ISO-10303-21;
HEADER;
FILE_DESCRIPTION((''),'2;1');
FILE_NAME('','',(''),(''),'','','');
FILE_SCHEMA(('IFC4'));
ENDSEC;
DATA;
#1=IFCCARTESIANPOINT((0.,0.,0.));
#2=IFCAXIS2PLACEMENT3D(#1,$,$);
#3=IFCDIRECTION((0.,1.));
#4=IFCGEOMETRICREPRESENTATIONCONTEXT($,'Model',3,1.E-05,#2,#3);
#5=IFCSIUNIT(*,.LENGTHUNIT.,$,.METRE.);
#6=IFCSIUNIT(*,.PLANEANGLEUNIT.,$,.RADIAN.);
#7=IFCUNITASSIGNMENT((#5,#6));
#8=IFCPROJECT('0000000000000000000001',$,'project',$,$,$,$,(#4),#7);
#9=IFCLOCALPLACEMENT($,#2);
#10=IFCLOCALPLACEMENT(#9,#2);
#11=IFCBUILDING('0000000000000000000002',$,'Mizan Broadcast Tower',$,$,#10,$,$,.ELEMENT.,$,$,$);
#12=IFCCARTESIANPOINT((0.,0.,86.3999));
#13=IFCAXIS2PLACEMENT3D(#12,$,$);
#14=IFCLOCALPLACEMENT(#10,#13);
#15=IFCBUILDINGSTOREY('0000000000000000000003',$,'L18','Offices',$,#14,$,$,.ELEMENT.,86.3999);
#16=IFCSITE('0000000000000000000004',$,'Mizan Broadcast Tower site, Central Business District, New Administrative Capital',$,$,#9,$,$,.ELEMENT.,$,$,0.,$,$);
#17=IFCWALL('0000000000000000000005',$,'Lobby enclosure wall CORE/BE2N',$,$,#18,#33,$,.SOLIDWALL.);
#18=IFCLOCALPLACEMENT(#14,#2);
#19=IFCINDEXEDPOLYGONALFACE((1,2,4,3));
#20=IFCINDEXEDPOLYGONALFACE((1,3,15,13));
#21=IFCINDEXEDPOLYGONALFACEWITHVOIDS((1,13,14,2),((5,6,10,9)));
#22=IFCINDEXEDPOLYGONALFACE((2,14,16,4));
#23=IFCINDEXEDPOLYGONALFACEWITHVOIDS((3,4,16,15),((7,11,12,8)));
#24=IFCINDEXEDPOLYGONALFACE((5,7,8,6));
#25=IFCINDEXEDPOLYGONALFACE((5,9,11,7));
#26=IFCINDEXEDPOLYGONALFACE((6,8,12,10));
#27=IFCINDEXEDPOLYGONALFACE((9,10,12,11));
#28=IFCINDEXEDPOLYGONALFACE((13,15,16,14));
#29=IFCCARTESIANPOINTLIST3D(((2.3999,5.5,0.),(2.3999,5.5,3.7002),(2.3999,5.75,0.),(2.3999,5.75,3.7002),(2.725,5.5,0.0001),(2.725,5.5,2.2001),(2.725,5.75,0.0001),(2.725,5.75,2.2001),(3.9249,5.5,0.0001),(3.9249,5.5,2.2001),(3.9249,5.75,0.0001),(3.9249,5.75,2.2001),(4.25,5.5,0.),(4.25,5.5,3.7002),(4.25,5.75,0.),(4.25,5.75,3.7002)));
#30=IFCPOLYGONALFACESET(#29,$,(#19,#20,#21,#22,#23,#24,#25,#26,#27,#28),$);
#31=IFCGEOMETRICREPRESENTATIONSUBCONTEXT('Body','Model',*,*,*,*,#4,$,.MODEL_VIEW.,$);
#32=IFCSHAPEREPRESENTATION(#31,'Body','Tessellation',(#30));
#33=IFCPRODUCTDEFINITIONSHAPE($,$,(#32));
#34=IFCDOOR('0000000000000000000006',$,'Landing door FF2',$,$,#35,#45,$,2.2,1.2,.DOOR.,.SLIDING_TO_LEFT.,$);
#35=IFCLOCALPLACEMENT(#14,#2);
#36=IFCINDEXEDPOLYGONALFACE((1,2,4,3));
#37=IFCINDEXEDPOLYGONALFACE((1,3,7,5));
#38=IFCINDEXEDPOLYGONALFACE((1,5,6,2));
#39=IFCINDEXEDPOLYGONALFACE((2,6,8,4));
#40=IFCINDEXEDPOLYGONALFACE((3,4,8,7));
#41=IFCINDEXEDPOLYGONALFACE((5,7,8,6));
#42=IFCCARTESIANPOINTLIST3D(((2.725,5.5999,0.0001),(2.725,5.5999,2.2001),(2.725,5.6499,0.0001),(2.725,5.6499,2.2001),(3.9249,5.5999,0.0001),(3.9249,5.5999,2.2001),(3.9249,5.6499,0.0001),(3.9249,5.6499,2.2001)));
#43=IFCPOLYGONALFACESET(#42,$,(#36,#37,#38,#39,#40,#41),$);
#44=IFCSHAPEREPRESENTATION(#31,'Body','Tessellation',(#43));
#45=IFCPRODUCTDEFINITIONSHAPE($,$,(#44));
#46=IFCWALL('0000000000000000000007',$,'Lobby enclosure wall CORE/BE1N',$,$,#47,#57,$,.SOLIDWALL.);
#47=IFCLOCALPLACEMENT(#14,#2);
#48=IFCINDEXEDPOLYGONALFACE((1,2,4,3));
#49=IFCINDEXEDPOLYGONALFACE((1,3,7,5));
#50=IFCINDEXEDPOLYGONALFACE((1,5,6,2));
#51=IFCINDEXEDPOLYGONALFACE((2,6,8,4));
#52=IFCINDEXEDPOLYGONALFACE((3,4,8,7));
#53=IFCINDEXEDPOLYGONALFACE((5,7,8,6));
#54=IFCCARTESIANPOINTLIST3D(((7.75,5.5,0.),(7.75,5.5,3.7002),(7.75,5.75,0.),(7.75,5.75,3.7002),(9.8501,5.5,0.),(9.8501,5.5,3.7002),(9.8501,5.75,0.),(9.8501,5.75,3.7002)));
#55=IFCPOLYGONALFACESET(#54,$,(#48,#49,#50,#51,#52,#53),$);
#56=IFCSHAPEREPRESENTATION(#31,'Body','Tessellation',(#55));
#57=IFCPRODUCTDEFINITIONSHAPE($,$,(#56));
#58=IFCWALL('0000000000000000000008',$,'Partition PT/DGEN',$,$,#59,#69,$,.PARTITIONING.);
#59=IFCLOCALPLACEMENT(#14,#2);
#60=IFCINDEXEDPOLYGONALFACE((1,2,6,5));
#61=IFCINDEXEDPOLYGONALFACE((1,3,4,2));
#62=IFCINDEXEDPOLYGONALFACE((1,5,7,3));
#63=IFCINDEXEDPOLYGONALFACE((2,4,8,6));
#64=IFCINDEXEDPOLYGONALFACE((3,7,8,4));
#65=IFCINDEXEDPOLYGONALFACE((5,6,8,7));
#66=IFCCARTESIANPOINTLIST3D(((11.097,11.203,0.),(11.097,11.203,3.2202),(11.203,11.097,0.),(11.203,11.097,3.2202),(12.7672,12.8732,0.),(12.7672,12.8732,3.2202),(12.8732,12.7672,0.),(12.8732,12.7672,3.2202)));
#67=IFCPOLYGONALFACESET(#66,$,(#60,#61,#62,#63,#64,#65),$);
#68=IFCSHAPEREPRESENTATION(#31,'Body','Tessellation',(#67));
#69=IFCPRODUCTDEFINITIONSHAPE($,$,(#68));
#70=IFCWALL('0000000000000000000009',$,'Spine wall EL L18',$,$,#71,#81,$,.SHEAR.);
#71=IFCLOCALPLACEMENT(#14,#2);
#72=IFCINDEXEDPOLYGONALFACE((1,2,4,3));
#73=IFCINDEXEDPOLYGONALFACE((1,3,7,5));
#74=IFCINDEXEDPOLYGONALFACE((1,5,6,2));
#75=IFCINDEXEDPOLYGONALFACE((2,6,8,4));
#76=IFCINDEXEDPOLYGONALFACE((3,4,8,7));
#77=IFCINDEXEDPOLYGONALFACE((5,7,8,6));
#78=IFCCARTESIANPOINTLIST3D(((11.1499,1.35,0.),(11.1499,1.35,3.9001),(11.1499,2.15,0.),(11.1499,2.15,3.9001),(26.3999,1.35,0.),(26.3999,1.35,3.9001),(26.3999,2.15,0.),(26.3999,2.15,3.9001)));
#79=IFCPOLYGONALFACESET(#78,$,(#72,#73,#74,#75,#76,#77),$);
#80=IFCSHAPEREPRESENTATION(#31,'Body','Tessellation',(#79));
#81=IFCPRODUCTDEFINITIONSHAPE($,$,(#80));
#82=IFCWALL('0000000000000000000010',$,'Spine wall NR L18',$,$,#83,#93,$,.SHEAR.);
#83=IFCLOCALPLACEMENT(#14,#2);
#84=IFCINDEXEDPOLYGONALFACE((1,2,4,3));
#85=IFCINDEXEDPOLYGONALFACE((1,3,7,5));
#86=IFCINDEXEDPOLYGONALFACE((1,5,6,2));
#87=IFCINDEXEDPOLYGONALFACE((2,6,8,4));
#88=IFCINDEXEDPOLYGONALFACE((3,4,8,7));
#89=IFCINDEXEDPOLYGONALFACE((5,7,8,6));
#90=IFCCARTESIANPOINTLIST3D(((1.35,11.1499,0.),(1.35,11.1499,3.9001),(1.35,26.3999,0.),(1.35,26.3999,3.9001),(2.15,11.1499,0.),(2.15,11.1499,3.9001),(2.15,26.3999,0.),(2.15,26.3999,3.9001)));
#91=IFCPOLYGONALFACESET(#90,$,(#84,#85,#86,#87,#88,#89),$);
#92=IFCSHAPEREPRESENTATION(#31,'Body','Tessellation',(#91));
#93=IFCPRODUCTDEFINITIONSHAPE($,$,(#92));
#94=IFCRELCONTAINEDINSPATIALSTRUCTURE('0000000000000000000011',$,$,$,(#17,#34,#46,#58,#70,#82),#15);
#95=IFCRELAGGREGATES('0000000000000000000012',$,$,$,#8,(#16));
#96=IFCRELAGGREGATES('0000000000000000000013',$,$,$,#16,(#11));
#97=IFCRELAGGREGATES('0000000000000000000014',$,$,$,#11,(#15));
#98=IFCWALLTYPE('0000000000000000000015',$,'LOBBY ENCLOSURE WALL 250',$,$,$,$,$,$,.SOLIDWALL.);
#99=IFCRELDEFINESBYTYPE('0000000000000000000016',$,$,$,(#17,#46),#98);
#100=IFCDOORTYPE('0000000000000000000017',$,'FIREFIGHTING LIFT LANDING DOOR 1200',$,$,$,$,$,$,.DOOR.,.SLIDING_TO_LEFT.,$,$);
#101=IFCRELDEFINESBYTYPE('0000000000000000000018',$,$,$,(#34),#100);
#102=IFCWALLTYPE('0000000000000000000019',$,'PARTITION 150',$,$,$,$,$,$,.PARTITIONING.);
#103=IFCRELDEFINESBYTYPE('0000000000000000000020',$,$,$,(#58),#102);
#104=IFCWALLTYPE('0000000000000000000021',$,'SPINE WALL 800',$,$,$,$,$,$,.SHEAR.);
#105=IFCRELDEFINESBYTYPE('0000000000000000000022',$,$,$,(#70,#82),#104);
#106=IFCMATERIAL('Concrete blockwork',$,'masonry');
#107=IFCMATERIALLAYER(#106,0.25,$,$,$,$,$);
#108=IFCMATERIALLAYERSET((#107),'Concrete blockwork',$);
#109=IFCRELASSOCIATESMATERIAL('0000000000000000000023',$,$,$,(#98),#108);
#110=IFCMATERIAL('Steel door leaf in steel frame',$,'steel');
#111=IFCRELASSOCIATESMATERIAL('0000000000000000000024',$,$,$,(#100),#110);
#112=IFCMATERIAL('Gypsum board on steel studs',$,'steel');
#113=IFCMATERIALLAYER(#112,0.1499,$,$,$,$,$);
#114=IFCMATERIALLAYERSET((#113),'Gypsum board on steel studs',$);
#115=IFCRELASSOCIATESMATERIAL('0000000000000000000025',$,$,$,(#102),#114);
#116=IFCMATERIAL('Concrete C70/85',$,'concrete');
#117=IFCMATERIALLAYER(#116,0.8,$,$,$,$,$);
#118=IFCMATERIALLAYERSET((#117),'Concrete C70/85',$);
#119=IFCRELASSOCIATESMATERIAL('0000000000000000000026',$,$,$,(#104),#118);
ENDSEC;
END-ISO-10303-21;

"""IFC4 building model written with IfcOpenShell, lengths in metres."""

from ifc_helpers import new_model, si_unit, direction, frame, frame_2d, origin, place, context, subcontext, project, spatial, rectangle, extrude, material, layer, layer_set, type_object, element, fill, save


model = new_model("IFC4")

# Units and contexts
model_context = context("Model", 3, precision=1e-05, world=origin(), true_north=direction((0.0, 1.0)))
body_context = subcontext(model_context, "Body", "Model", "MODEL_VIEW")
ifc_project = project(units=[si_unit("LENGTHUNIT", "METRE"), si_unit("PLANEANGLEUNIT", "RADIAN")], contexts=[model_context])

# Site, building, storey
site_placement = place(None, origin())
site = spatial("IfcSite", under=ifc_project, at=site_placement, Name="Mizan Broadcast Tower site, Central Business District, New Administrative Capital", CompositionType="ELEMENT", RefElevation=0.0)
building_placement = place(site_placement, origin())
building = spatial("IfcBuilding", under=site, at=building_placement, Name="Mizan Broadcast Tower", CompositionType="ELEMENT")
storey_placement = place(building_placement, frame((0.0, 0.0, 86.3999)))
storey = spatial("IfcBuildingStorey", under=building, at=storey_placement, Name="L18", Description="Offices", CompositionType="ELEMENT", Elevation=86.3999)

# Wall, opening, door
ifc_material_1 = material(Name="Concrete blockwork", Category="masonry")
ifc_layer_1 = layer(ifc_material_1, 0.25)
ifc_layer_set_1 = layer_set([ifc_layer_1], Name="Concrete blockwork")
wall_type_1 = type_object("IfcWallType", Name="LOBBY ENCLOSURE WALL 250", PredefinedType="SOLIDWALL", material=ifc_layer_set_1)
wall_1_placement = place(storey_placement, frame((2.3999, 5.625, 0.0), z_axis=(0.0, 0.0, 1.0), x_axis=(1.0, 0.0, 0.0)))
wall_1 = element("IfcWall", 1, at=wall_1_placement, inside=storey, type_object=wall_type_1, Name="Lobby enclosure wall CORE/BE2N", PredefinedType="SOLIDWALL", context=body_context, shape_type="SweptSolid", body=[
    extrude(rectangle(XDim=1.8501, YDim=0.25, at=frame_2d((0.925, 0.0))), origin(), (0.0, 0.0, 1.0), 3.7002),
])
opening_1_placement = place(wall_1_placement, frame((0.325, 0.0, 0.0)))
opening_1 = element("IfcOpeningElement", 2, at=opening_1_placement, cuts=wall_1, PredefinedType="OPENING", context=body_context, shape_type="SweptSolid", body=[
    extrude(rectangle(XDim=1.2, YDim=2.2, at=frame_2d((0.6001, 1.1001))), frame((0.0, 0.135, 0.0), z_axis=(0.0, -1.0, 0.0), x_axis=(1.0, 0.0, 0.0)), (0.0, 0.0, 1.0), 0.27),
])
ifc_material_2 = material(Name="Steel door leaf in steel frame", Category="steel")
door_type_1 = type_object("IfcDoorType", Name="FIREFIGHTING LIFT LANDING DOOR 1200", OperationType="SLIDING_TO_LEFT", PredefinedType="DOOR", material=ifc_material_2)
door_1_placement = place(opening_1_placement, origin())
door_1 = element("IfcDoor", 3, at=door_1_placement, inside=storey, type_object=door_type_1, Name="Landing door FF2", OperationType="SLIDING_TO_LEFT", OverallHeight=2.2, OverallWidth=1.2, PredefinedType="DOOR", context=body_context, shape_type="SweptSolid", body=[
    extrude(rectangle(XDim=1.2, YDim=2.2, at=frame_2d((0.6001, 1.1001))), frame((0.0, 0.0249, 0.0), z_axis=(0.0, -1.0, 0.0), x_axis=(1.0, 0.0, 0.0)), (0.0, 0.0, 1.0), 0.05),
])
fill(opening_1, door_1)

# Walls
wall_2_placement = place(storey_placement, frame((7.75, 5.625, 0.0), z_axis=(0.0, 0.0, 1.0), x_axis=(1.0, 0.0, 0.0)))
element("IfcWall", 4, at=wall_2_placement, inside=storey, type_object=wall_type_1, Name="Lobby enclosure wall CORE/BE1N", PredefinedType="SOLIDWALL", context=body_context, shape_type="SweptSolid", body=[
    extrude(rectangle(XDim=2.1001, YDim=0.25, at=frame_2d((1.05, 0.0))), origin(), (0.0, 0.0, 1.0), 3.7002),
])
ifc_material_3 = material(Name="Gypsum board on steel studs", Category="steel")
ifc_layer_2 = layer(ifc_material_3, 0.1499)
ifc_layer_set_2 = layer_set([ifc_layer_2], Name="Gypsum board on steel studs")
wall_type_2 = type_object("IfcWallType", Name="PARTITION 150", PredefinedType="PARTITIONING", material=ifc_layer_set_2)
wall_3_placement = place(storey_placement, frame((11.1499, 11.1499, 0.0), z_axis=(0.0, 0.0, 1.0), x_axis=(0.707107, 0.707107, 0.0)))
element("IfcWall", 5, at=wall_3_placement, inside=storey, type_object=wall_type_2, Name="Partition PT/DGEN", PredefinedType="PARTITIONING", context=body_context, shape_type="SweptSolid", body=[
    extrude(rectangle(XDim=2.3621, YDim=0.1499, at=frame_2d((1.1812, 0.0))), origin(), (0.0, 0.0, 1.0), 3.2202),
])
ifc_material_4 = material(Name="Concrete C70/85", Category="concrete")
ifc_layer_3 = layer(ifc_material_4, 0.8)
ifc_layer_set_3 = layer_set([ifc_layer_3], Name="Concrete C70/85")
wall_type_3 = type_object("IfcWallType", Name="SPINE WALL 800", PredefinedType="SHEAR", material=ifc_layer_set_3)
for number, where, z_axis, x_axis, name in (
    (6, (11.1499, 1.75, 0.0), (0.0, 0.0, 1.0), (1.0, 0.0, 0.0), "Spine wall EL L18"),
    (7, (1.75, 11.1499, 0.0), (0.0, 0.0, 1.0), (0.0, 1.0, 0.0), "Spine wall NR L18"),
):
    element("IfcWall", number, at=place(storey_placement, frame(where, z_axis=z_axis, x_axis=x_axis)), inside=storey, type_object=wall_type_3, Name=name, PredefinedType="SHEAR", context=body_context, shape_type="SweptSolid", body=[
        extrude(rectangle(XDim=15.25, YDim=0.8, at=frame_2d((7.625, 0.0))), origin(), (0.0, 0.0, 1.0), 3.9001),
    ])

save(model, "model.ifc")
